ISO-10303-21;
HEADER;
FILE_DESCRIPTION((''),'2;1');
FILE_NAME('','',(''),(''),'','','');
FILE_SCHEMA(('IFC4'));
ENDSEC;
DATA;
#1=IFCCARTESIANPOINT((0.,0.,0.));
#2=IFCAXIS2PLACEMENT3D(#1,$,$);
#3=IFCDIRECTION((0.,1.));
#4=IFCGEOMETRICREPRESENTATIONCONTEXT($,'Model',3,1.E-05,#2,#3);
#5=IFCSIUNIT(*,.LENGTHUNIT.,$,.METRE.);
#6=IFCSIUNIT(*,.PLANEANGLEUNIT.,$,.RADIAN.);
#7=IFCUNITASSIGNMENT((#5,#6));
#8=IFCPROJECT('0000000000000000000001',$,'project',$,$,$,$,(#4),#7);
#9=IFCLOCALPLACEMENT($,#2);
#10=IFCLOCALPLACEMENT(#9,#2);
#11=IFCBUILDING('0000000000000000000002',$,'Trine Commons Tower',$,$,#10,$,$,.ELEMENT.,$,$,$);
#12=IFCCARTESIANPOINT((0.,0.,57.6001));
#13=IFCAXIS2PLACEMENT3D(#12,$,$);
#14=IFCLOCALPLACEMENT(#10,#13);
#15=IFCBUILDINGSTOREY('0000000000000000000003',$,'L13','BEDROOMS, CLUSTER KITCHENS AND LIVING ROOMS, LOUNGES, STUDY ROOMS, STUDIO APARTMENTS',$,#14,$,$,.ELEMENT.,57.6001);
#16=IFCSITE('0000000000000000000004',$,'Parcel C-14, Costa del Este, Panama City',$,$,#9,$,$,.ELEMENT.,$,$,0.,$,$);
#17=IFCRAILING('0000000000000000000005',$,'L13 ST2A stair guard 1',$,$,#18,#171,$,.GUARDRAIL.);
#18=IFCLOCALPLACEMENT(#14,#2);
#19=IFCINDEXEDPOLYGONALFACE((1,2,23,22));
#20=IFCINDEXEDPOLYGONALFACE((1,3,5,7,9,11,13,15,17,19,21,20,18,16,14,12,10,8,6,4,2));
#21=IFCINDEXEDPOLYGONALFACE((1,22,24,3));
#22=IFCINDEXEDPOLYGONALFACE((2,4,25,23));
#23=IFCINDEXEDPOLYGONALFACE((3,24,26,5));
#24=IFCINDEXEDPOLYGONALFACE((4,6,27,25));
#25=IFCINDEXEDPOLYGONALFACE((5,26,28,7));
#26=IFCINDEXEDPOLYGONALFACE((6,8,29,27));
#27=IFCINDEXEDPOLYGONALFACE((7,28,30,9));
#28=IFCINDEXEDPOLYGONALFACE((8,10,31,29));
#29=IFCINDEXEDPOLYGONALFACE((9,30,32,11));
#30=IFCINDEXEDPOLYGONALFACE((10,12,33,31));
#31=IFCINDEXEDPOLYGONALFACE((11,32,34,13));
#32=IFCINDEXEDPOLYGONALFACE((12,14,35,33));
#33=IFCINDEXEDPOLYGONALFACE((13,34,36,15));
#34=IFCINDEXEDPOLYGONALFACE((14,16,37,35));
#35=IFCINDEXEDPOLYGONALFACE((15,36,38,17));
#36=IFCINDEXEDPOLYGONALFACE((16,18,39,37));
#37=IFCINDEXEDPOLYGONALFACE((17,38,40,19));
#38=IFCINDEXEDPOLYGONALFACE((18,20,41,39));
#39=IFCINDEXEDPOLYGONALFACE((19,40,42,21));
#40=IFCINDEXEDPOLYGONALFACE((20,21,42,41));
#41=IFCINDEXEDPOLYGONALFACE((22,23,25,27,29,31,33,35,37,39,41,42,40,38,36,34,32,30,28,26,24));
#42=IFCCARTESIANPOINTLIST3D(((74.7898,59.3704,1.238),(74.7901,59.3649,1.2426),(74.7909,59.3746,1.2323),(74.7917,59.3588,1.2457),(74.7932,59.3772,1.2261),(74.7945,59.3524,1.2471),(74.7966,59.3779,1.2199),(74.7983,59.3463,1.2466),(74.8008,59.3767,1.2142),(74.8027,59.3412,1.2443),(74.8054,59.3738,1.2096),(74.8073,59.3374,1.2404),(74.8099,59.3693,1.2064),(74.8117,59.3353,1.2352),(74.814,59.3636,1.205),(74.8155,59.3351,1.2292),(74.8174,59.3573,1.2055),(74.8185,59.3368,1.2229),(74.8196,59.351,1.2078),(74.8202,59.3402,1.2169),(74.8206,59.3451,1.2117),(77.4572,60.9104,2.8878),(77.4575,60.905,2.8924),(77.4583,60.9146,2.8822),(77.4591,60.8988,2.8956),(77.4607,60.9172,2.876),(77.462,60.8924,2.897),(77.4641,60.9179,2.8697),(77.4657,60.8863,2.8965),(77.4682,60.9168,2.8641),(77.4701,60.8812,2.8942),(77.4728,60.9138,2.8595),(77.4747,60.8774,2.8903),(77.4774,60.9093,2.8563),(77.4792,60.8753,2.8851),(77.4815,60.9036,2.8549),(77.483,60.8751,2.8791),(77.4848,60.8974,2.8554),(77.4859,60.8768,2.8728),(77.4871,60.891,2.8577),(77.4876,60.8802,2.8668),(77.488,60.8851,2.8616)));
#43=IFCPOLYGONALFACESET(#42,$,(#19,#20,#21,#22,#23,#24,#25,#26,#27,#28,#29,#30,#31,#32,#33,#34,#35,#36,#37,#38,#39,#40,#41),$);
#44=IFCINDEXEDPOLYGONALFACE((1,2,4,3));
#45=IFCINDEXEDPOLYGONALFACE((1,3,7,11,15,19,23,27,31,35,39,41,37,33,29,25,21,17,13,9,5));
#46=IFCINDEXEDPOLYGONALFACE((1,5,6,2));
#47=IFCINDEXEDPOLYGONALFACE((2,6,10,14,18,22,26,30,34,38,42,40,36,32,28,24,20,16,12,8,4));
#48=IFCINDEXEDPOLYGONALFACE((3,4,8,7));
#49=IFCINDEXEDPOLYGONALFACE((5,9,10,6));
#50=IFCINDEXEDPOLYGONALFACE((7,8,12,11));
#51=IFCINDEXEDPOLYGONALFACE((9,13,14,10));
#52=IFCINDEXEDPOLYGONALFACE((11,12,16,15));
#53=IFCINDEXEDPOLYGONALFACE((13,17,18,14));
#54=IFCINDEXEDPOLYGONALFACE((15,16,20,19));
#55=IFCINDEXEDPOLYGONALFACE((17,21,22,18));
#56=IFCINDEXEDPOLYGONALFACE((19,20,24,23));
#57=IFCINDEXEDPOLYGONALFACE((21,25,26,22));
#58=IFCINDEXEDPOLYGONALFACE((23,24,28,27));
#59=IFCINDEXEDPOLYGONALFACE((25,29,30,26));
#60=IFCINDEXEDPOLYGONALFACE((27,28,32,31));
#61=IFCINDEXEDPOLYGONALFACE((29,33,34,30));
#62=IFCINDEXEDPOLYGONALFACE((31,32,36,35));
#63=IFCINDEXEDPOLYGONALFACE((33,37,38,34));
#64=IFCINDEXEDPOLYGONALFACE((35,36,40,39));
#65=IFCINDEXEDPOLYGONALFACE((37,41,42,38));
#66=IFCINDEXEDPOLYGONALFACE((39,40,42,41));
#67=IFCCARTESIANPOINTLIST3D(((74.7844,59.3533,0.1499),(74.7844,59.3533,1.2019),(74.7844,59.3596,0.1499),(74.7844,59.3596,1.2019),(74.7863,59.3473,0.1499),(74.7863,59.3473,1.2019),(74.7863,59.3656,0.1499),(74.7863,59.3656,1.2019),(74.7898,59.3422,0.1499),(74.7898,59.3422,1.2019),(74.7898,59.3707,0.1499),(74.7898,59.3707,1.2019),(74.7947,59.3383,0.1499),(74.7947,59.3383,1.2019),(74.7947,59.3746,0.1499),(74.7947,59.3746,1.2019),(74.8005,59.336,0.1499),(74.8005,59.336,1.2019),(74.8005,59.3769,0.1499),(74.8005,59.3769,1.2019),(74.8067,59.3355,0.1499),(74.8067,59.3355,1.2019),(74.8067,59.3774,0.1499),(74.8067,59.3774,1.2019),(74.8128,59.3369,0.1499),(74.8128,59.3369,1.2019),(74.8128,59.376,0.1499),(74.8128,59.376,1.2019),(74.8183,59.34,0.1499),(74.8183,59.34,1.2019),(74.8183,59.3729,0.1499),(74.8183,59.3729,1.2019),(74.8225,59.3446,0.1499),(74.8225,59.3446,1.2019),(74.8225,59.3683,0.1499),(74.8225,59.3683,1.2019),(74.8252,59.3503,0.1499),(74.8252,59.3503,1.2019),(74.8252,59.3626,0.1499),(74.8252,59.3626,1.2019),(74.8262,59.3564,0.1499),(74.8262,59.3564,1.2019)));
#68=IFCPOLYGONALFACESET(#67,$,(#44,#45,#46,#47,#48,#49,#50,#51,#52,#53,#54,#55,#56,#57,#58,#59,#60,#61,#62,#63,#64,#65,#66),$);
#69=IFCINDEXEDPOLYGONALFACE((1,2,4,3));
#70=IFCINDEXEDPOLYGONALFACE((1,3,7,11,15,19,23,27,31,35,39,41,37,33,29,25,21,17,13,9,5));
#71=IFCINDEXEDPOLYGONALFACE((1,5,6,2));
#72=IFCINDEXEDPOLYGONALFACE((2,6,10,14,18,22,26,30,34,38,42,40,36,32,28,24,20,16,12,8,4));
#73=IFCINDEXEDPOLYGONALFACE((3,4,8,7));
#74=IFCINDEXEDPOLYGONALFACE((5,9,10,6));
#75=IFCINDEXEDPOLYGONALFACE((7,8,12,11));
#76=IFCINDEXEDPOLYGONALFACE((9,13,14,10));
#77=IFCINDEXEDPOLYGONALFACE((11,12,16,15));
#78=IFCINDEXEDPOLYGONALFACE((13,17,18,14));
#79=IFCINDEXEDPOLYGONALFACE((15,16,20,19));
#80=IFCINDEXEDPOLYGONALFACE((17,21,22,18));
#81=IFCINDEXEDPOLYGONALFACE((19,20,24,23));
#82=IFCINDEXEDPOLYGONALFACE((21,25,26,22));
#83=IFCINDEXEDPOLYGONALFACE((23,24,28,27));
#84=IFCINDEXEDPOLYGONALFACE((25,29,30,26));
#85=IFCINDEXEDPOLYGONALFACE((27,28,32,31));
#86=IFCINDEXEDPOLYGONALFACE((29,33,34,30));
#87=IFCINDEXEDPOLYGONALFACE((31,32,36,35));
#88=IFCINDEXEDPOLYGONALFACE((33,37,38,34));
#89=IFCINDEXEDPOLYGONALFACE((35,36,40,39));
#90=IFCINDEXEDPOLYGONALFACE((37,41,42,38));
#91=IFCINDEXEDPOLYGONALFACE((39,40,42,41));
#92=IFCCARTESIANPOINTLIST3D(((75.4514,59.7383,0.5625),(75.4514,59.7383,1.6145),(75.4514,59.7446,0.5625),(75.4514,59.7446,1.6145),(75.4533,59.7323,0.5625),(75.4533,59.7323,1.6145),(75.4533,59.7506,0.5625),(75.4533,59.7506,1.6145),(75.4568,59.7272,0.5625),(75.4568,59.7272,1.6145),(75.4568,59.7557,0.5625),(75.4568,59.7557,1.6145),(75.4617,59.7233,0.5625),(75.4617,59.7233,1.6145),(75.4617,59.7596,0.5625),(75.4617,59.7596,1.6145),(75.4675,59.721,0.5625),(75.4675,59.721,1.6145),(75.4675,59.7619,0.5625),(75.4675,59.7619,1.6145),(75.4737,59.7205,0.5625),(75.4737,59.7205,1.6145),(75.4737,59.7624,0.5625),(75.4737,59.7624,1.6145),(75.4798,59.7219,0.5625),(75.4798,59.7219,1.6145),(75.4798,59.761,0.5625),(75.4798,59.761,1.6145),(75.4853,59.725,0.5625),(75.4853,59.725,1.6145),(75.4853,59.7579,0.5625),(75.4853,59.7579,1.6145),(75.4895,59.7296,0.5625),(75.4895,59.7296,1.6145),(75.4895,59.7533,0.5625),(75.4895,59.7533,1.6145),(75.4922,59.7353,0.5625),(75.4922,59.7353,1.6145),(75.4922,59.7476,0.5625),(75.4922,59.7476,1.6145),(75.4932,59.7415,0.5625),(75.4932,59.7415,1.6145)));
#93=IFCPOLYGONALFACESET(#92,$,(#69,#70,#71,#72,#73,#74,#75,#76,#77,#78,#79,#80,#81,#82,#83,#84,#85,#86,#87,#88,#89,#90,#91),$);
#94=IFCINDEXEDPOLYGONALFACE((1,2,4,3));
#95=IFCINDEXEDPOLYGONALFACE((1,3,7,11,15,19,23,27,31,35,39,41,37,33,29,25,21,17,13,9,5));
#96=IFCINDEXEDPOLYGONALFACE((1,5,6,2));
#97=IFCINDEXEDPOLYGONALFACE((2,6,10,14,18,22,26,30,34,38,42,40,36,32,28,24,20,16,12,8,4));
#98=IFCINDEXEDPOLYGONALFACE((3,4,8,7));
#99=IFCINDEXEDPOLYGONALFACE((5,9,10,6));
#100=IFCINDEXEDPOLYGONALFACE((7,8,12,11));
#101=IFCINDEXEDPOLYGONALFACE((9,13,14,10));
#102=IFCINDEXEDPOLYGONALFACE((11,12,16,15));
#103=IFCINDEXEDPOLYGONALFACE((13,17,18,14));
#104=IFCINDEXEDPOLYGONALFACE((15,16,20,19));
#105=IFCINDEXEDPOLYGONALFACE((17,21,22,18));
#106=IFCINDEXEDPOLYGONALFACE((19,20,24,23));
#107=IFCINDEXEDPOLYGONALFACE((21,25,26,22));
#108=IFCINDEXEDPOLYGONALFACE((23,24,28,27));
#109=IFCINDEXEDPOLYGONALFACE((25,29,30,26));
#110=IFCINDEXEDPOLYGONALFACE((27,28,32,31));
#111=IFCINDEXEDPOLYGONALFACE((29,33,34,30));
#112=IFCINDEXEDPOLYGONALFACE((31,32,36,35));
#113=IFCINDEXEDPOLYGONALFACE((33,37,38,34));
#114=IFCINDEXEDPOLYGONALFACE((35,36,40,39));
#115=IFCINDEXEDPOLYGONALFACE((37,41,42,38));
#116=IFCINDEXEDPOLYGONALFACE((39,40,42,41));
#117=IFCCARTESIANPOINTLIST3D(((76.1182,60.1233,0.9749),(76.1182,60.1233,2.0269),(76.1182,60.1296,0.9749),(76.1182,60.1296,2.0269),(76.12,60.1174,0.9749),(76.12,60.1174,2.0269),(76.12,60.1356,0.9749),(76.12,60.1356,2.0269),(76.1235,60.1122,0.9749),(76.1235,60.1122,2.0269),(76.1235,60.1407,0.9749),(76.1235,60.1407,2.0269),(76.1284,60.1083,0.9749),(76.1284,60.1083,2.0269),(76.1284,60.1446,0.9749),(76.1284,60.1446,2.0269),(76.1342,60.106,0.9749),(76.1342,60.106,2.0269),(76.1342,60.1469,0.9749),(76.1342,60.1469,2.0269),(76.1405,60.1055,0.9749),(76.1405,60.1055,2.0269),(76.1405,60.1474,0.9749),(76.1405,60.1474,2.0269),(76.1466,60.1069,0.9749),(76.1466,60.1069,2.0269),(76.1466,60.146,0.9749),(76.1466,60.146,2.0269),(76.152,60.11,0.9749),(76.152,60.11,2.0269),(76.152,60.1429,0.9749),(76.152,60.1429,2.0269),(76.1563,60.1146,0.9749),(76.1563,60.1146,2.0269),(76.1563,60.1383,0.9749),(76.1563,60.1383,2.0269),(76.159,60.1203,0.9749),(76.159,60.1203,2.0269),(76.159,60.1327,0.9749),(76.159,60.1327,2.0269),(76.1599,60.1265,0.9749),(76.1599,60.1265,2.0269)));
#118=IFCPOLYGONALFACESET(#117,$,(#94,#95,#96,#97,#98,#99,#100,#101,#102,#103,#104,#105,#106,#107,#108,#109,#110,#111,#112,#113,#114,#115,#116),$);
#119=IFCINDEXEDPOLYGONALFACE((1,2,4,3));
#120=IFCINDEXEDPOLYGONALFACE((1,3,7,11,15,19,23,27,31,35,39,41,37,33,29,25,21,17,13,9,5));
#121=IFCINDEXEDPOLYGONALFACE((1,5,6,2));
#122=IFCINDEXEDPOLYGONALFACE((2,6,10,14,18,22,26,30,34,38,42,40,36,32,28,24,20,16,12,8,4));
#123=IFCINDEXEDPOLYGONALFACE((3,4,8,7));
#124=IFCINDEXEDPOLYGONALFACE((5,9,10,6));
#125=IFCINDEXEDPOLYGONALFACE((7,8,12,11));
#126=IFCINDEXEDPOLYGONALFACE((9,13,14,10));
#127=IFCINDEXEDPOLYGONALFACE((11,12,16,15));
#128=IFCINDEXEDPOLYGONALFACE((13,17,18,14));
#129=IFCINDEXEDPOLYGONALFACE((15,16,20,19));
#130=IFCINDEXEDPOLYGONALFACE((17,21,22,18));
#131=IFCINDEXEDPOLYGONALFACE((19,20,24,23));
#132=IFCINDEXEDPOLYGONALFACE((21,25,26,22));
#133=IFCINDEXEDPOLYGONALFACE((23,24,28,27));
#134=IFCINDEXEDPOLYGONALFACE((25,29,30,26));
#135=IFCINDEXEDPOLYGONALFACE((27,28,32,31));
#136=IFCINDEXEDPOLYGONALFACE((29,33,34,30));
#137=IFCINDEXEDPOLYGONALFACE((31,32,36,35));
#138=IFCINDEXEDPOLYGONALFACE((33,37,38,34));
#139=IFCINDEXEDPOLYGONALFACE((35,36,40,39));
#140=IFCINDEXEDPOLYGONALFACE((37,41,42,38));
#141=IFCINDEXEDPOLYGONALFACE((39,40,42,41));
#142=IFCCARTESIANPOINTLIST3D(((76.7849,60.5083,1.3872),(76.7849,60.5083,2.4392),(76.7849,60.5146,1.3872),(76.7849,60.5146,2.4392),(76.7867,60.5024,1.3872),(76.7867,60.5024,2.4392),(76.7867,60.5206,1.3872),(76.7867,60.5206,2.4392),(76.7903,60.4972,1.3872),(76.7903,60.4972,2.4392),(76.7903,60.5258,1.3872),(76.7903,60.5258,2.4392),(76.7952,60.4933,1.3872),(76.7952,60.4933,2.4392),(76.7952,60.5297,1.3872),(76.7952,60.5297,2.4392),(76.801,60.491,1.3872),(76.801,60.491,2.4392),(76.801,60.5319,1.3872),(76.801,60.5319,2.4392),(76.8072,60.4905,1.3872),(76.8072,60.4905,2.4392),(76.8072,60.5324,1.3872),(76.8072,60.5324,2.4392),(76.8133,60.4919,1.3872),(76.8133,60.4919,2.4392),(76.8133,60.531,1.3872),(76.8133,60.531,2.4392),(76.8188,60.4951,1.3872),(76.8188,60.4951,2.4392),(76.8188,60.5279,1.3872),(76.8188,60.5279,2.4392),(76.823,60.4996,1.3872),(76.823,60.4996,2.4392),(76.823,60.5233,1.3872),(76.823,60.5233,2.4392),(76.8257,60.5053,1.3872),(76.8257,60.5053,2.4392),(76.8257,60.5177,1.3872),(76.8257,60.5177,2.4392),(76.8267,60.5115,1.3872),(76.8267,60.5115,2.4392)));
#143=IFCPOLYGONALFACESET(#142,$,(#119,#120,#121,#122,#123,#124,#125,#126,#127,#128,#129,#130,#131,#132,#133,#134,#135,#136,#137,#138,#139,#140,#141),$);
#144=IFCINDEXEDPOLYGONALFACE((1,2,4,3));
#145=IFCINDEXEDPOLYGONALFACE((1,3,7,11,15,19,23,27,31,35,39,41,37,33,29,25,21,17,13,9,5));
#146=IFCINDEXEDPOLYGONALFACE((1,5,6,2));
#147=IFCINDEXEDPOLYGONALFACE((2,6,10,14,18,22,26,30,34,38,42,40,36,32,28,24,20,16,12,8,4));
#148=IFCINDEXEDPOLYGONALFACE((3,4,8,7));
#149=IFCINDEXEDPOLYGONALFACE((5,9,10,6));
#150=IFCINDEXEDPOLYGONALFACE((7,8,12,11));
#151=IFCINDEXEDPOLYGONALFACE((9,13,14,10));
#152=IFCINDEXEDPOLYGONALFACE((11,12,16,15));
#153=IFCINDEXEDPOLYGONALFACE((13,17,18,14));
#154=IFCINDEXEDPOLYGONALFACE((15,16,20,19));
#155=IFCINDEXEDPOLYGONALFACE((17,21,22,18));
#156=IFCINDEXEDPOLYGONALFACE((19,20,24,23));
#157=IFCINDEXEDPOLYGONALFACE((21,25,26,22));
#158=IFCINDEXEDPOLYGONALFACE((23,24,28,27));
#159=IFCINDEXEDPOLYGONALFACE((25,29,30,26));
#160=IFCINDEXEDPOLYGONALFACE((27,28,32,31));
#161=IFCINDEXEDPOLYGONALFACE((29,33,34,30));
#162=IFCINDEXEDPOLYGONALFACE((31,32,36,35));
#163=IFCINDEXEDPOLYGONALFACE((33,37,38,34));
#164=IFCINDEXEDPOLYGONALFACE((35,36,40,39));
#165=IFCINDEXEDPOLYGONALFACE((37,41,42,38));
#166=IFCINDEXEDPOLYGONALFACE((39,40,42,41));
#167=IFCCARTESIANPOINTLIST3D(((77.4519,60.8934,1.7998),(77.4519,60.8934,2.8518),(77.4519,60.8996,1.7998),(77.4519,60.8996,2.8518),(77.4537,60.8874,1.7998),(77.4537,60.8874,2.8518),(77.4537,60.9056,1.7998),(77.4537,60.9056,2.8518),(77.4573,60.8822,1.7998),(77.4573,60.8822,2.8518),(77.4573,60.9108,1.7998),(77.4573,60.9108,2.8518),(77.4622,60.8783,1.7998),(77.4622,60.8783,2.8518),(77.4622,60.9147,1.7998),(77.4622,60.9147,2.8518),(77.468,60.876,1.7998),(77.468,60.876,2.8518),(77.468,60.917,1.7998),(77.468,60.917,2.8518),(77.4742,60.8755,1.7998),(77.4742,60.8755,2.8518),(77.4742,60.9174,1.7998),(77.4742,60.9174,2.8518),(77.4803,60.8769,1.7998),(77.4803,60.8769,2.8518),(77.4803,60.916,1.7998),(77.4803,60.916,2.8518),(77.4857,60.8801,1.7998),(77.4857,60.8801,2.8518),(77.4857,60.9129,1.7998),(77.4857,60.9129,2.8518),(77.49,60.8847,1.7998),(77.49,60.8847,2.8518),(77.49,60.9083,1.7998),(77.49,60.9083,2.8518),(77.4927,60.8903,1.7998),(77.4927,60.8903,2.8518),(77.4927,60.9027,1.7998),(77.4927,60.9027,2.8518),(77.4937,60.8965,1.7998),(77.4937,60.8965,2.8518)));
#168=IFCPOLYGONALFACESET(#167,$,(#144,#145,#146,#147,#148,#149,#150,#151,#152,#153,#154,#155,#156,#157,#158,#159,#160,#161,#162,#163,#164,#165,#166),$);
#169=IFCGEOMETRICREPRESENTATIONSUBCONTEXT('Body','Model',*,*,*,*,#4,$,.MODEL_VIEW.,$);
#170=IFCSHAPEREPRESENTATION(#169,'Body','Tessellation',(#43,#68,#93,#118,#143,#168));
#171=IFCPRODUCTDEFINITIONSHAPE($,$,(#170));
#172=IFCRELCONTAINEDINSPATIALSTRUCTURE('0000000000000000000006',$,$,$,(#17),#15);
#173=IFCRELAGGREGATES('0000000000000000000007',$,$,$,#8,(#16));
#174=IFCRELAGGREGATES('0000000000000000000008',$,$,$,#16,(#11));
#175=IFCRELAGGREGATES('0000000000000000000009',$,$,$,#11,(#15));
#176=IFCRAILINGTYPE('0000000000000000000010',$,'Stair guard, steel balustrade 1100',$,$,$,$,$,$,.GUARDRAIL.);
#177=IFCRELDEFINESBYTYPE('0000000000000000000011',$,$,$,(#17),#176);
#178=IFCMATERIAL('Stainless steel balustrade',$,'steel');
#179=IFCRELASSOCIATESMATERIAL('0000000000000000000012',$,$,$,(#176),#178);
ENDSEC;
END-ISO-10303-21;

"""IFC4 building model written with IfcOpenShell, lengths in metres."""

from ifc_helpers import new_model, si_unit, direction, frame, origin, origin_2d, place, context, subcontext, project, spatial, circle, extrude, material, type_object, element, save


model = new_model("IFC4")

# Units and contexts
model_context = context("Model", 3, precision=1e-05, world=origin(), true_north=direction((0.0, 1.0)))
body_context = subcontext(model_context, "Body", "Model", "MODEL_VIEW")
ifc_project = project(units=[si_unit("LENGTHUNIT", "METRE"), si_unit("PLANEANGLEUNIT", "RADIAN")], contexts=[model_context])

# Site, building, storey
site_placement = place(None, origin())
site = spatial("IfcSite", under=ifc_project, at=site_placement, Name="Parcel C-14, Costa del Este, Panama City", CompositionType="ELEMENT", RefElevation=0.0)
building_placement = place(site_placement, origin())
building = spatial("IfcBuilding", under=site, at=building_placement, Name="Trine Commons Tower", CompositionType="ELEMENT")
storey_placement = place(building_placement, frame((0.0, 0.0, 57.6001)))
storey = spatial("IfcBuildingStorey", under=building, at=storey_placement, Name="L13", Description="BEDROOMS, CLUSTER KITCHENS AND LIVING ROOMS, LOUNGES, STUDY ROOMS, STUDIO APARTMENTS", CompositionType="ELEMENT", Elevation=57.6001)

# Railing
ifc_material_1 = material(Name="Stainless steel balustrade", Category="steel")
railing_type_1 = type_object("IfcRailingType", Name="Stair guard, steel balustrade 1100", PredefinedType="GUARDRAIL", material=ifc_material_1)
railing_1_placement = place(storey_placement, frame((74.8052, 59.3564, 0.1499)))
element("IfcRailing", 1, at=railing_1_placement, inside=storey, type_object=railing_type_1, Name="L13 ST2A stair guard 1", PredefinedType="GUARDRAIL", context=body_context, shape_type="SweptSolid", body=[
    extrude(circle(Radius=0.0239, at=origin_2d()), frame((0.0, 0.0, 1.0762), z_axis=(0.763405, 0.440743, 0.472185), x_axis=(-0.499992, 0.86603, 0.0)), (0.0, 0.0, 1.0), 3.4941),
    extrude(circle(Radius=0.021, at=origin_2d()), origin(), (0.0, 0.0, 1.0), 1.052),
    extrude(circle(Radius=0.021, at=origin_2d()), frame((0.667, 0.385, 0.4126)), (0.0, 0.0, 1.0), 1.052),
    extrude(circle(Radius=0.021, at=origin_2d()), frame((1.3337, 0.77, 0.825)), (0.0, 0.0, 1.0), 1.052),
    extrude(circle(Radius=0.021, at=origin_2d()), frame((2.0005, 1.155, 1.2373)), (0.0, 0.0, 1.0), 1.052),
    extrude(circle(Radius=0.021, at=origin_2d()), frame((2.6675, 1.54, 1.6499)), (0.0, 0.0, 1.0), 1.052),
])

save(model, "model.ifc")
